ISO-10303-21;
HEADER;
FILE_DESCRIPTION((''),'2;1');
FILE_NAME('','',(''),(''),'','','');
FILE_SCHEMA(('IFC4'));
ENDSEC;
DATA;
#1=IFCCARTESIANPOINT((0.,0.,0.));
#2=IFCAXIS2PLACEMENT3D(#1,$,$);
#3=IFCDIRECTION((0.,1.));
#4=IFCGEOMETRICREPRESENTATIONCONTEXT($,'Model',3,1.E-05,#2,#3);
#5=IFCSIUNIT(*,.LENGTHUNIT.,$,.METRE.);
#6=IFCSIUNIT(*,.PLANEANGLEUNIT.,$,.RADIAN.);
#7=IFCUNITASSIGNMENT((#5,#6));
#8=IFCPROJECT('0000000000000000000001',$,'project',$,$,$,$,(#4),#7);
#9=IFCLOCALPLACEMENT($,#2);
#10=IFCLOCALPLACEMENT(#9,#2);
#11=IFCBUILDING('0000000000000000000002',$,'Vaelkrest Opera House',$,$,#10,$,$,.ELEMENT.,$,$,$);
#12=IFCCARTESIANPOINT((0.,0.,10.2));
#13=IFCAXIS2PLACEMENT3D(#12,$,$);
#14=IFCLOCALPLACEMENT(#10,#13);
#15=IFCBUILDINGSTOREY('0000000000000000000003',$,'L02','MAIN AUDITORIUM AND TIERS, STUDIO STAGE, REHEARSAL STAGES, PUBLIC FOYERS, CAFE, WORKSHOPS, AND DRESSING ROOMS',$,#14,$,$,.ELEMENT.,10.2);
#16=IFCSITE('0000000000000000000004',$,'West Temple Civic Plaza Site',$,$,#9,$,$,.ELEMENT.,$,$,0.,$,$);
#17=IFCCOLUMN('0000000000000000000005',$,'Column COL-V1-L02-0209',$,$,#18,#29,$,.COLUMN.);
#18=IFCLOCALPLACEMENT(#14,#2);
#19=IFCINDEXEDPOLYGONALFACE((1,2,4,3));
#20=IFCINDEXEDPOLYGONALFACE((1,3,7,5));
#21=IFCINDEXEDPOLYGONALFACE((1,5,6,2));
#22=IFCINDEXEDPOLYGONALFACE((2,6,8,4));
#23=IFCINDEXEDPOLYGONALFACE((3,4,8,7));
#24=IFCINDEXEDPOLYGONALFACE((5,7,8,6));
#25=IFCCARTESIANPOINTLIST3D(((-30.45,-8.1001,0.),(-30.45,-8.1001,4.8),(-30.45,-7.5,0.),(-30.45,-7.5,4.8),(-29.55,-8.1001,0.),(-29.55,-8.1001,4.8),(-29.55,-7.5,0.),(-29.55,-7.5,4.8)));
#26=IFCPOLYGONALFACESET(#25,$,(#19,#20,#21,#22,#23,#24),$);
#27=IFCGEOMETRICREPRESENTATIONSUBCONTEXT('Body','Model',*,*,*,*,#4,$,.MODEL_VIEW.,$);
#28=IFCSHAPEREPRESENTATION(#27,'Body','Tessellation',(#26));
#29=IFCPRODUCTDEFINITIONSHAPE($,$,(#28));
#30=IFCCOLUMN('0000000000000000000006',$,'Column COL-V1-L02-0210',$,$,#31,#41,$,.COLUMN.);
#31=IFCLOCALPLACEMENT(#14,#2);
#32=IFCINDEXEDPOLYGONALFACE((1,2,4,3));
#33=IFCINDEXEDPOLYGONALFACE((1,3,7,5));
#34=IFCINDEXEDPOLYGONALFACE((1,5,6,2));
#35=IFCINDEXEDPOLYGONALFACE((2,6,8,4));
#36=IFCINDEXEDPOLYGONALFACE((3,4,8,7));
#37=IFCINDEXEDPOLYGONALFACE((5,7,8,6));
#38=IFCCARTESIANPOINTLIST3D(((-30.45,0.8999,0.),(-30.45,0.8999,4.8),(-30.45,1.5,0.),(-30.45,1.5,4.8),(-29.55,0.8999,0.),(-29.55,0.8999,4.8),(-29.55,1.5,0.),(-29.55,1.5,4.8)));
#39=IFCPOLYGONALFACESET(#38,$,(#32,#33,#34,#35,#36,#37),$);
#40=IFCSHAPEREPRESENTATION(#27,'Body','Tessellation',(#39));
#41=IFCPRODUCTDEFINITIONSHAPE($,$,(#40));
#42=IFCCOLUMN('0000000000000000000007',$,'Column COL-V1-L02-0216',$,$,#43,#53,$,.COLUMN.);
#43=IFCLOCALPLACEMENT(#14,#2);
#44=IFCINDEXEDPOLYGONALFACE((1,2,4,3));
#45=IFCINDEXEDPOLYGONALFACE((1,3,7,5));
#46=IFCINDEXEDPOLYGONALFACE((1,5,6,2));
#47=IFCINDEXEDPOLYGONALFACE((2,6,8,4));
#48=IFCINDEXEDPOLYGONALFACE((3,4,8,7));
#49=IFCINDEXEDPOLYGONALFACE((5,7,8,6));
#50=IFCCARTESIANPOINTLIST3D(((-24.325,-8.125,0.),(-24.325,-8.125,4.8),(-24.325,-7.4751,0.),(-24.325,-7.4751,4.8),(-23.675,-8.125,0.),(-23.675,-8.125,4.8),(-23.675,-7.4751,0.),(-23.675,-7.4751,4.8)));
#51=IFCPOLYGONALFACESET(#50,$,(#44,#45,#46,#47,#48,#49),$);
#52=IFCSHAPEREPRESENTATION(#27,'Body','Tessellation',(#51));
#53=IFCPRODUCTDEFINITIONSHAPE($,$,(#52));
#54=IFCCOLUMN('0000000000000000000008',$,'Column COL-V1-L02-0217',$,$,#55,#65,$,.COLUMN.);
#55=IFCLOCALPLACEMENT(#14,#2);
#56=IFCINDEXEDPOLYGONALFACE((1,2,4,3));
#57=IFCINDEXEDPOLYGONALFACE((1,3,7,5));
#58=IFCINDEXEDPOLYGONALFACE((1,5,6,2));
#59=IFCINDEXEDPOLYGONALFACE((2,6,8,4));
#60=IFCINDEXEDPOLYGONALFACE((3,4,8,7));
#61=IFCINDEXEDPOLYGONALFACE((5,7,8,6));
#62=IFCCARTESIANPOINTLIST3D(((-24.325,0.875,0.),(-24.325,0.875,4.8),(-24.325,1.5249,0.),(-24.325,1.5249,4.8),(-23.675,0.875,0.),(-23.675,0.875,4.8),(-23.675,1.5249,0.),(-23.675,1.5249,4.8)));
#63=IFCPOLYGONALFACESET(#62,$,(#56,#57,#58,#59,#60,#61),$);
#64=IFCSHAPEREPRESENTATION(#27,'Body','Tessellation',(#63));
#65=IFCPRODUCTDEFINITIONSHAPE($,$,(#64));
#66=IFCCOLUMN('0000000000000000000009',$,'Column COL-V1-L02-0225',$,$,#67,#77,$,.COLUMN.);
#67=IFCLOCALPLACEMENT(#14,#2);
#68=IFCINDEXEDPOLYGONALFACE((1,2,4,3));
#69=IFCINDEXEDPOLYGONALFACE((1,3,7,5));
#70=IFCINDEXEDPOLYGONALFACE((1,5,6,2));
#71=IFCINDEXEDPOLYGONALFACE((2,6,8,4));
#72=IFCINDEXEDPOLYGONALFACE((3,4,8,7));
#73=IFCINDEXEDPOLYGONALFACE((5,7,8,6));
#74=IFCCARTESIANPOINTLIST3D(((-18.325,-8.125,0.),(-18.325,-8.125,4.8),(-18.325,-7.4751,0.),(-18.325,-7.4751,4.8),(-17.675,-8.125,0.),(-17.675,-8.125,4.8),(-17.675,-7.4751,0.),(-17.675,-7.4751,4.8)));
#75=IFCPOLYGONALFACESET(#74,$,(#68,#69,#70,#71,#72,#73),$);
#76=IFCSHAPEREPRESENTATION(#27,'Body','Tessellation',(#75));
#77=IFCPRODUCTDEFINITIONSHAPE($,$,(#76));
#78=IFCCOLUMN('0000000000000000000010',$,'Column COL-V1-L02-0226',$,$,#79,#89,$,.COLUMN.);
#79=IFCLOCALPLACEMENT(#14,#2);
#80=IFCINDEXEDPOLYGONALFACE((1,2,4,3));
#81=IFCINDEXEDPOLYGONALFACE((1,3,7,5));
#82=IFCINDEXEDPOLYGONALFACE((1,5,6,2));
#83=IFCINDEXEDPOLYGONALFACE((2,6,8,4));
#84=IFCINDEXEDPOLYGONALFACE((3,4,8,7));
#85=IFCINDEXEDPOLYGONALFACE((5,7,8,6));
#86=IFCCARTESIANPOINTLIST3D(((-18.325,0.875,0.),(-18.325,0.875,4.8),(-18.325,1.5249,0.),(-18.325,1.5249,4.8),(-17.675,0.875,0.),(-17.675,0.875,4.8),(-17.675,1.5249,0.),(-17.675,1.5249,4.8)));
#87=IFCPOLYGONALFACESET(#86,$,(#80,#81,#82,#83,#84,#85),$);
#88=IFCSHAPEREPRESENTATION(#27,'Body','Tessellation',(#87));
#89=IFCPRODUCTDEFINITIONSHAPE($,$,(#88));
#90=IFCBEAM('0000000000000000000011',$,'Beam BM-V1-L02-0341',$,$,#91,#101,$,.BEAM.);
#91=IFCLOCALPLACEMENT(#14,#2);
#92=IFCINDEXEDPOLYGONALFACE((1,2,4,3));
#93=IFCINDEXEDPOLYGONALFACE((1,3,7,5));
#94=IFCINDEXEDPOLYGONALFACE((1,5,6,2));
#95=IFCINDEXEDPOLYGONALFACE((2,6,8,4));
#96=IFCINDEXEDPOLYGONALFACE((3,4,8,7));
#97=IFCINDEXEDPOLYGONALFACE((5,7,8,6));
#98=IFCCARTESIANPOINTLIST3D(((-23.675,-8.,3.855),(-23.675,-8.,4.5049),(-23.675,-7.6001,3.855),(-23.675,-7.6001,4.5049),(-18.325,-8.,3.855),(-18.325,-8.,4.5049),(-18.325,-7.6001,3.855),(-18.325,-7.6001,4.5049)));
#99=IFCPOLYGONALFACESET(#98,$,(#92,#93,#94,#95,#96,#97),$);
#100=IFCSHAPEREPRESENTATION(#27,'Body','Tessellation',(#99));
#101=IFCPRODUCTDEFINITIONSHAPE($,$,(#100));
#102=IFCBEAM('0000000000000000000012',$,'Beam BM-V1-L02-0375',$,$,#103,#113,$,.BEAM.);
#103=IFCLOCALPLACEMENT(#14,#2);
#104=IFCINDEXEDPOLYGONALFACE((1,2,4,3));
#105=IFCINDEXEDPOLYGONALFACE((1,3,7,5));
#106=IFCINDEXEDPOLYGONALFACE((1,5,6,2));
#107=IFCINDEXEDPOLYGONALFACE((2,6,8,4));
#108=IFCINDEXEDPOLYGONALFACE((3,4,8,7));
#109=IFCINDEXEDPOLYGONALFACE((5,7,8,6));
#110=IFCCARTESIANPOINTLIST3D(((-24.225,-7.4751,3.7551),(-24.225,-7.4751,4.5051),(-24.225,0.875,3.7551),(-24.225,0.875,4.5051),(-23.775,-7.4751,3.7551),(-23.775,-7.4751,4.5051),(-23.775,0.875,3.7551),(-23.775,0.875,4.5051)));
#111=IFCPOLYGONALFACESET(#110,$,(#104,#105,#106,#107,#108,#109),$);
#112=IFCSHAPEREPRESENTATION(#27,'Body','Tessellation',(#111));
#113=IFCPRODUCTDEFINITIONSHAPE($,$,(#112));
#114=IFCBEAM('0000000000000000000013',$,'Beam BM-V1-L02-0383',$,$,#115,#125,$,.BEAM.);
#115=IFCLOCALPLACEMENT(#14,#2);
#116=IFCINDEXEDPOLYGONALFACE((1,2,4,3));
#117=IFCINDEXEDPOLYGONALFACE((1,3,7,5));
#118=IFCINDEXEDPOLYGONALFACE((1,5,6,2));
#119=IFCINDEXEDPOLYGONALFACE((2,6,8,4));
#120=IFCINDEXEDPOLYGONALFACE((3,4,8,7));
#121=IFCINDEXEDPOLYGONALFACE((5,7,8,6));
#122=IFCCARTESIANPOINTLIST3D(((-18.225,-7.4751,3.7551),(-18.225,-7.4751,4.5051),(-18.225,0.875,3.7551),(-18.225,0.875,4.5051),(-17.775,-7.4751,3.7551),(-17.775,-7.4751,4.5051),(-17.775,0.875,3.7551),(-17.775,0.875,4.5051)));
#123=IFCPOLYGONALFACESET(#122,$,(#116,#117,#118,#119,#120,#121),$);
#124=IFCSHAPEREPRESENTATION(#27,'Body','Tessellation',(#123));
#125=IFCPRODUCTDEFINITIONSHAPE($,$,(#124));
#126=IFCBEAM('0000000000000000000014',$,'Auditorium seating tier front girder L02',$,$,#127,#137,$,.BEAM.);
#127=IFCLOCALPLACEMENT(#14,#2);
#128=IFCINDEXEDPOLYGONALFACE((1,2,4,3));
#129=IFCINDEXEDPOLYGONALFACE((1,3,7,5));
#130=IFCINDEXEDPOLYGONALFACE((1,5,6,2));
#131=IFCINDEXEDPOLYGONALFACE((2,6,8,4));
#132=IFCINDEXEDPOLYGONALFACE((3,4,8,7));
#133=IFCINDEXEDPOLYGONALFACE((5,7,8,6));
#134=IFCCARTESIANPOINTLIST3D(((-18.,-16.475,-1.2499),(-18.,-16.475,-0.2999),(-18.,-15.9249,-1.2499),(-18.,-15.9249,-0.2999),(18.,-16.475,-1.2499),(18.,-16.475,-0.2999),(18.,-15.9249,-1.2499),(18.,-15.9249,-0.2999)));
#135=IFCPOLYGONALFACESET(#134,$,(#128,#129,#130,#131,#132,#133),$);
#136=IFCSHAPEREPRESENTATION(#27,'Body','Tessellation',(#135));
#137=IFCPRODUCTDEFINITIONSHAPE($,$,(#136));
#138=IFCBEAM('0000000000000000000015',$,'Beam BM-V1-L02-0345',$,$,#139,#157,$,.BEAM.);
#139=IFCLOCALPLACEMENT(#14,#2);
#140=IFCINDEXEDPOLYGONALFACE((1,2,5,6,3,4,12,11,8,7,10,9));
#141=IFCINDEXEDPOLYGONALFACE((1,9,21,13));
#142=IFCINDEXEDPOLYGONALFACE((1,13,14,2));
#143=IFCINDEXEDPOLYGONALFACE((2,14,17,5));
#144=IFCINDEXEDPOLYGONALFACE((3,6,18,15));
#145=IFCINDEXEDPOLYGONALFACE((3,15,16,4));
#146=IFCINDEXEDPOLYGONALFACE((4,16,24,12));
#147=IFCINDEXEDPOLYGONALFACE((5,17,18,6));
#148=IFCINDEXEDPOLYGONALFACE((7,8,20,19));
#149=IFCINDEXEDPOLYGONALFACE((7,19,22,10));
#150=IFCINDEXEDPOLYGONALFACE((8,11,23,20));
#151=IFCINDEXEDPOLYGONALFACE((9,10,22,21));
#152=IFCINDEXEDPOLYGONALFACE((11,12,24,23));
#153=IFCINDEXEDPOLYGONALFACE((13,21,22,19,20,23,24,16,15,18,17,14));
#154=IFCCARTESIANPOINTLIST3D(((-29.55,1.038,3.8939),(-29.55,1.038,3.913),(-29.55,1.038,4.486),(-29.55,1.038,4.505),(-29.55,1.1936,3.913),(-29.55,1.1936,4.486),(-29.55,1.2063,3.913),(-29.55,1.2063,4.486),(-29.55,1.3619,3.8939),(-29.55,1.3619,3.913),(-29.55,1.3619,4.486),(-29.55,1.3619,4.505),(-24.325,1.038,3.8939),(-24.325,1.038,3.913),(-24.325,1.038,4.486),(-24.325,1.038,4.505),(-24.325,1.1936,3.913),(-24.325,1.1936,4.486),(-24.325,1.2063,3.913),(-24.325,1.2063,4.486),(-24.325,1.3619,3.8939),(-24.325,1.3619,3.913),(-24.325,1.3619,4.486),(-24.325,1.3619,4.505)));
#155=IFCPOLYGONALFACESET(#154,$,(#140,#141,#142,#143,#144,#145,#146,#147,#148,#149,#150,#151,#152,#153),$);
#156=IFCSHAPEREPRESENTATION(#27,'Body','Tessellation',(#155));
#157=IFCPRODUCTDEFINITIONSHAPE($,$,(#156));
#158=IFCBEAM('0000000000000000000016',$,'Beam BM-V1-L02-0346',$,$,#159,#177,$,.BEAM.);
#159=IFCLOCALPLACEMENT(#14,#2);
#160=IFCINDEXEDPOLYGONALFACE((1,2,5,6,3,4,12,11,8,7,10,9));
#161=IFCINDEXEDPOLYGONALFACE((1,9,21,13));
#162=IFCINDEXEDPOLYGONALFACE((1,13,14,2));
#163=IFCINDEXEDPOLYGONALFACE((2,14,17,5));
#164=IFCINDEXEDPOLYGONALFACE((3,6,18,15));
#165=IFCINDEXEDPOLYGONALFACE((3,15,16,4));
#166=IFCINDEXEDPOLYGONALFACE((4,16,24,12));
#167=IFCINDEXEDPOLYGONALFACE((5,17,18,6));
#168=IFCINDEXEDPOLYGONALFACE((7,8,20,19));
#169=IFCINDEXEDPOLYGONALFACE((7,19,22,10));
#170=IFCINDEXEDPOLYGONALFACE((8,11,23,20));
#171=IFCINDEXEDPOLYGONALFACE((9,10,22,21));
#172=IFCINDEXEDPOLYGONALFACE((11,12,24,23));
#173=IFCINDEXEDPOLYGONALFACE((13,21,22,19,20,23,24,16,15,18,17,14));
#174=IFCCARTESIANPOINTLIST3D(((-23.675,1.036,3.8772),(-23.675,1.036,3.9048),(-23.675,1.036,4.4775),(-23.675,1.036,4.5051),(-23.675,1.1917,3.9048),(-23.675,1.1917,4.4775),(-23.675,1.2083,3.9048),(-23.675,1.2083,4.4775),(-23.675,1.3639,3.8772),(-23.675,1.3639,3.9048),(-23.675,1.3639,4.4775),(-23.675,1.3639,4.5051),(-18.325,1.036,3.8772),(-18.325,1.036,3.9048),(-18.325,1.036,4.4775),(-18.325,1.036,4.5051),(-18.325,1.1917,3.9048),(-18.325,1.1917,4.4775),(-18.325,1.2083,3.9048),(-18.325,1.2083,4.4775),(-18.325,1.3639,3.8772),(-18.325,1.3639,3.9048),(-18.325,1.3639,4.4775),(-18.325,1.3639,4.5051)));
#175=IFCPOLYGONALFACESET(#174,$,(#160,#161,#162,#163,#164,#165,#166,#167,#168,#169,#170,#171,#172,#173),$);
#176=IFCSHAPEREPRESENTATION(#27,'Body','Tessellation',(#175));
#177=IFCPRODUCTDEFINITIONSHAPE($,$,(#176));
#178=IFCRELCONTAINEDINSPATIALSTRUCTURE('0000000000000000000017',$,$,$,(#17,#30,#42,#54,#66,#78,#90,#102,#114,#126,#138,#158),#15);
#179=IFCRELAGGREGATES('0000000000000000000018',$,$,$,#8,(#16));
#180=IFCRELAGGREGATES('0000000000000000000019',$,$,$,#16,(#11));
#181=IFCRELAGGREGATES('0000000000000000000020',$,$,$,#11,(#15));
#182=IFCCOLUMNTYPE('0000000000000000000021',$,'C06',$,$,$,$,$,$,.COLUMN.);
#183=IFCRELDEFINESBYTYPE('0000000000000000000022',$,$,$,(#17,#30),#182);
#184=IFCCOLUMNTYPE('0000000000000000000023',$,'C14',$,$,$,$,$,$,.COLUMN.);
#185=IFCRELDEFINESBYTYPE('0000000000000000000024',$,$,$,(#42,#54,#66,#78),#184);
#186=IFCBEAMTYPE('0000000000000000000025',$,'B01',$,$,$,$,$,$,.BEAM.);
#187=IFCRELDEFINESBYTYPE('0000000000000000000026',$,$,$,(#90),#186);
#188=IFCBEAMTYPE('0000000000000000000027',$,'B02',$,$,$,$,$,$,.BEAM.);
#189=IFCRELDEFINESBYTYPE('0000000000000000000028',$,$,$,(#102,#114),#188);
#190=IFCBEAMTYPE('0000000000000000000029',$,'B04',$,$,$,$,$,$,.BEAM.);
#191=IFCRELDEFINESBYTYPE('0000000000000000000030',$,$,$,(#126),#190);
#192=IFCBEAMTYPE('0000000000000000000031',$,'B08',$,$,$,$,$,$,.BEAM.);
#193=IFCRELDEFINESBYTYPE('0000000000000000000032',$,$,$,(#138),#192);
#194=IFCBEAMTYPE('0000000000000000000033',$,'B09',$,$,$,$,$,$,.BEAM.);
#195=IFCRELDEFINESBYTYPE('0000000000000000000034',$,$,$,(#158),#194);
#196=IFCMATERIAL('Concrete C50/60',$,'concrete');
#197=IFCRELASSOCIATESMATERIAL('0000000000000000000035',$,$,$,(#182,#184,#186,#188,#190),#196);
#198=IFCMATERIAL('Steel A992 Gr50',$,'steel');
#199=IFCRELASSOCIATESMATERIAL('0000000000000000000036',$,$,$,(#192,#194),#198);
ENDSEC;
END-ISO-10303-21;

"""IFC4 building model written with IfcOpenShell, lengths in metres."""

from ifc_helpers import new_model, si_unit, direction, frame, origin, origin_2d, place, context, subcontext, project, spatial, rectangle, i_section, extrude, material, material_profile, profile_set, type_object, element, save


model = new_model("IFC4")

# Units and contexts
model_context = context("Model", 3, precision=1e-05, world=origin(), true_north=direction((0.0, 1.0)))
body_context = subcontext(model_context, "Body", "Model", "MODEL_VIEW")
ifc_project = project(units=[si_unit("LENGTHUNIT", "METRE"), si_unit("PLANEANGLEUNIT", "RADIAN")], contexts=[model_context])

# Site, building, storey
site_placement = place(None, origin())
site = spatial("IfcSite", under=ifc_project, at=site_placement, Name="West Temple Civic Plaza Site", CompositionType="ELEMENT", RefElevation=0.0)
building_placement = place(site_placement, origin())
building = spatial("IfcBuilding", under=site, at=building_placement, Name="Vaelkrest Opera House", CompositionType="ELEMENT")
storey_placement = place(building_placement, frame((0.0, 0.0, 10.2)))
storey = spatial("IfcBuildingStorey", under=building, at=storey_placement, Name="L02", Description="MAIN AUDITORIUM AND TIERS, STUDIO STAGE, REHEARSAL STAGES, PUBLIC FOYERS, CAFE, WORKSHOPS, AND DRESSING ROOMS", CompositionType="ELEMENT", Elevation=10.2)

# Columns
ifc_material_1 = material(Name="Concrete C50/60", Category="concrete")
ifc_material_profile_1 = material_profile(ifc_material_1, rectangle(XDim=0.6001, YDim=0.8999, at=origin_2d()), Name="RC600X900")
ifc_profile_set_1 = profile_set([ifc_material_profile_1], Name="Concrete C50/60")
column_type_1 = type_object("IfcColumnType", Name="C06", PredefinedType="COLUMN", material=ifc_profile_set_1)
for number, where, z_axis, x_axis, name in (
    (1, (-30.0, -7.8, 0.0), (0.0, 0.0, 1.0), (0.0, 1.0, 0.0), "Column COL-V1-L02-0209"),
    (2, (-30.0, 1.2, 0.0), (0.0, 0.0, 1.0), (0.0, 1.0, 0.0), "Column COL-V1-L02-0210"),
):
    element("IfcColumn", number, at=place(storey_placement, frame(where, z_axis=z_axis, x_axis=x_axis)), inside=storey, type_object=column_type_1, Name=name, PredefinedType="COLUMN", context=body_context, shape_type="SweptSolid", body=[
        extrude(rectangle(XDim=0.6001, YDim=0.8999, at=origin_2d()), origin(), (0.0, 0.0, 1.0), 4.8),
    ])
ifc_material_profile_2 = material_profile(ifc_material_1, rectangle(XDim=0.6499, YDim=0.6499, at=origin_2d()), Name="RC650X650")
ifc_profile_set_2 = profile_set([ifc_material_profile_2], Name="Concrete C50/60")
column_type_2 = type_object("IfcColumnType", Name="C14", PredefinedType="COLUMN", material=ifc_profile_set_2)
for number, where, z_axis, x_axis, name in (
    (3, (-24.0, -7.8, 0.0), (0.0, 0.0, 1.0), (1.0, 0.0, 0.0), "Column COL-V1-L02-0216"),
    (4, (-24.0, 1.2, 0.0), (0.0, 0.0, 1.0), (1.0, 0.0, 0.0), "Column COL-V1-L02-0217"),
    (5, (-18.0, -7.8, 0.0), (0.0, 0.0, 1.0), (1.0, 0.0, 0.0), "Column COL-V1-L02-0225"),
    (6, (-18.0, 1.2, 0.0), (0.0, 0.0, 1.0), (1.0, 0.0, 0.0), "Column COL-V1-L02-0226"),
):
    element("IfcColumn", number, at=place(storey_placement, frame(where, z_axis=z_axis, x_axis=x_axis)), inside=storey, type_object=column_type_2, Name=name, PredefinedType="COLUMN", context=body_context, shape_type="SweptSolid", body=[
        extrude(rectangle(XDim=0.6499, YDim=0.6499, at=origin_2d()), origin(), (0.0, 0.0, 1.0), 4.8),
    ])

# Beams
ifc_material_profile_3 = material_profile(ifc_material_1, rectangle(XDim=0.3999, YDim=0.6499, at=origin_2d()), Name="RCB400X650")
ifc_profile_set_3 = profile_set([ifc_material_profile_3], Name="Concrete C50/60")
beam_type_1 = type_object("IfcBeamType", Name="B01", PredefinedType="BEAM", material=ifc_profile_set_3)
beam_1_placement = place(storey_placement, frame((-23.675, -7.8, 4.1799), z_axis=(1.0, 0.0, 0.0), x_axis=(0.0, 1.0, 0.0)))
element("IfcBeam", 7, at=beam_1_placement, inside=storey, type_object=beam_type_1, Name="Beam BM-V1-L02-0341", PredefinedType="BEAM", context=body_context, shape_type="SweptSolid", body=[
    extrude(rectangle(XDim=0.3999, YDim=0.6499, at=origin_2d()), origin(), (0.0, 0.0, 1.0), 5.3501),
])
ifc_material_profile_4 = material_profile(ifc_material_1, rectangle(XDim=0.45, YDim=0.75, at=origin_2d()), Name="RCB450X750")
ifc_profile_set_4 = profile_set([ifc_material_profile_4], Name="Concrete C50/60")
beam_type_2 = type_object("IfcBeamType", Name="B02", PredefinedType="BEAM", material=ifc_profile_set_4)
for number, where, z_axis, x_axis, name in (
    (8, (-24.0, -7.4751, 4.1301), (0.0, 1.0, 0.0), (-1.0, 0.0, 0.0), "Beam BM-V1-L02-0375"),
    (9, (-18.0, -7.4751, 4.1301), (0.0, 1.0, 0.0), (-1.0, 0.0, 0.0), "Beam BM-V1-L02-0383"),
):
    element("IfcBeam", number, at=place(storey_placement, frame(where, z_axis=z_axis, x_axis=x_axis)), inside=storey, type_object=beam_type_2, Name=name, PredefinedType="BEAM", context=body_context, shape_type="SweptSolid", body=[
        extrude(rectangle(XDim=0.45, YDim=0.75, at=origin_2d()), origin(), (0.0, 0.0, 1.0), 8.3501),
    ])
ifc_material_profile_5 = material_profile(ifc_material_1, rectangle(XDim=0.55, YDim=0.95, at=origin_2d()), Name="RCB550X950")
ifc_profile_set_5 = profile_set([ifc_material_profile_5], Name="Concrete C50/60")
beam_type_3 = type_object("IfcBeamType", Name="B04", PredefinedType="BEAM", material=ifc_profile_set_5)
beam_2_placement = place(storey_placement, frame((-18.0, -16.2, -0.7749), z_axis=(1.0, 0.0, 0.0), x_axis=(0.0, 1.0, 0.0)))
element("IfcBeam", 10, at=beam_2_placement, inside=storey, type_object=beam_type_3, Name="Auditorium seating tier front girder L02", PredefinedType="BEAM", context=body_context, shape_type="SweptSolid", body=[
    extrude(rectangle(XDim=0.55, YDim=0.95, at=origin_2d()), origin(), (0.0, 0.0, 1.0), 36.0),
])
ifc_material_2 = material(Name="Steel A992 Gr50", Category="steel")
ifc_material_profile_6 = material_profile(ifc_material_2, i_section(OverallWidth=0.324, OverallDepth=0.6111, WebThickness=0.0127, FlangeThickness=0.019, at=origin_2d()), Name="W24X104")
ifc_profile_set_6 = profile_set([ifc_material_profile_6], Name="Steel A992 Gr50")
beam_type_4 = type_object("IfcBeamType", Name="B08", PredefinedType="BEAM", material=ifc_profile_set_6)
beam_3_placement = place(storey_placement, frame((-29.55, 1.2, 4.1995), z_axis=(1.0, 0.0, 0.0), x_axis=(0.0, 1.0, 0.0)))
element("IfcBeam", 11, at=beam_3_placement, inside=storey, type_object=beam_type_4, Name="Beam BM-V1-L02-0345", PredefinedType="BEAM", context=body_context, shape_type="SweptSolid", body=[
    extrude(i_section(OverallWidth=0.324, OverallDepth=0.6111, WebThickness=0.0127, FlangeThickness=0.019, at=origin_2d()), origin(), (0.0, 0.0, 1.0), 5.2251),
])
ifc_material_profile_7 = material_profile(ifc_material_2, i_section(OverallWidth=0.3279, OverallDepth=0.6279, WebThickness=0.0166, FlangeThickness=0.0276, at=origin_2d()), Name="W24X146")
ifc_profile_set_7 = profile_set([ifc_material_profile_7], Name="Steel A992 Gr50")
beam_type_5 = type_object("IfcBeamType", Name="B09", PredefinedType="BEAM", material=ifc_profile_set_7)
beam_4_placement = place(storey_placement, frame((-23.675, 1.2, 4.1912), z_axis=(1.0, 0.0, 0.0), x_axis=(0.0, 1.0, 0.0)))
element("IfcBeam", 12, at=beam_4_placement, inside=storey, type_object=beam_type_5, Name="Beam BM-V1-L02-0346", PredefinedType="BEAM", context=body_context, shape_type="SweptSolid", body=[
    extrude(i_section(OverallWidth=0.3279, OverallDepth=0.6279, WebThickness=0.0166, FlangeThickness=0.0276, at=origin_2d()), origin(), (0.0, 0.0, 1.0), 5.3501),
])

save(model, "model.ifc")
